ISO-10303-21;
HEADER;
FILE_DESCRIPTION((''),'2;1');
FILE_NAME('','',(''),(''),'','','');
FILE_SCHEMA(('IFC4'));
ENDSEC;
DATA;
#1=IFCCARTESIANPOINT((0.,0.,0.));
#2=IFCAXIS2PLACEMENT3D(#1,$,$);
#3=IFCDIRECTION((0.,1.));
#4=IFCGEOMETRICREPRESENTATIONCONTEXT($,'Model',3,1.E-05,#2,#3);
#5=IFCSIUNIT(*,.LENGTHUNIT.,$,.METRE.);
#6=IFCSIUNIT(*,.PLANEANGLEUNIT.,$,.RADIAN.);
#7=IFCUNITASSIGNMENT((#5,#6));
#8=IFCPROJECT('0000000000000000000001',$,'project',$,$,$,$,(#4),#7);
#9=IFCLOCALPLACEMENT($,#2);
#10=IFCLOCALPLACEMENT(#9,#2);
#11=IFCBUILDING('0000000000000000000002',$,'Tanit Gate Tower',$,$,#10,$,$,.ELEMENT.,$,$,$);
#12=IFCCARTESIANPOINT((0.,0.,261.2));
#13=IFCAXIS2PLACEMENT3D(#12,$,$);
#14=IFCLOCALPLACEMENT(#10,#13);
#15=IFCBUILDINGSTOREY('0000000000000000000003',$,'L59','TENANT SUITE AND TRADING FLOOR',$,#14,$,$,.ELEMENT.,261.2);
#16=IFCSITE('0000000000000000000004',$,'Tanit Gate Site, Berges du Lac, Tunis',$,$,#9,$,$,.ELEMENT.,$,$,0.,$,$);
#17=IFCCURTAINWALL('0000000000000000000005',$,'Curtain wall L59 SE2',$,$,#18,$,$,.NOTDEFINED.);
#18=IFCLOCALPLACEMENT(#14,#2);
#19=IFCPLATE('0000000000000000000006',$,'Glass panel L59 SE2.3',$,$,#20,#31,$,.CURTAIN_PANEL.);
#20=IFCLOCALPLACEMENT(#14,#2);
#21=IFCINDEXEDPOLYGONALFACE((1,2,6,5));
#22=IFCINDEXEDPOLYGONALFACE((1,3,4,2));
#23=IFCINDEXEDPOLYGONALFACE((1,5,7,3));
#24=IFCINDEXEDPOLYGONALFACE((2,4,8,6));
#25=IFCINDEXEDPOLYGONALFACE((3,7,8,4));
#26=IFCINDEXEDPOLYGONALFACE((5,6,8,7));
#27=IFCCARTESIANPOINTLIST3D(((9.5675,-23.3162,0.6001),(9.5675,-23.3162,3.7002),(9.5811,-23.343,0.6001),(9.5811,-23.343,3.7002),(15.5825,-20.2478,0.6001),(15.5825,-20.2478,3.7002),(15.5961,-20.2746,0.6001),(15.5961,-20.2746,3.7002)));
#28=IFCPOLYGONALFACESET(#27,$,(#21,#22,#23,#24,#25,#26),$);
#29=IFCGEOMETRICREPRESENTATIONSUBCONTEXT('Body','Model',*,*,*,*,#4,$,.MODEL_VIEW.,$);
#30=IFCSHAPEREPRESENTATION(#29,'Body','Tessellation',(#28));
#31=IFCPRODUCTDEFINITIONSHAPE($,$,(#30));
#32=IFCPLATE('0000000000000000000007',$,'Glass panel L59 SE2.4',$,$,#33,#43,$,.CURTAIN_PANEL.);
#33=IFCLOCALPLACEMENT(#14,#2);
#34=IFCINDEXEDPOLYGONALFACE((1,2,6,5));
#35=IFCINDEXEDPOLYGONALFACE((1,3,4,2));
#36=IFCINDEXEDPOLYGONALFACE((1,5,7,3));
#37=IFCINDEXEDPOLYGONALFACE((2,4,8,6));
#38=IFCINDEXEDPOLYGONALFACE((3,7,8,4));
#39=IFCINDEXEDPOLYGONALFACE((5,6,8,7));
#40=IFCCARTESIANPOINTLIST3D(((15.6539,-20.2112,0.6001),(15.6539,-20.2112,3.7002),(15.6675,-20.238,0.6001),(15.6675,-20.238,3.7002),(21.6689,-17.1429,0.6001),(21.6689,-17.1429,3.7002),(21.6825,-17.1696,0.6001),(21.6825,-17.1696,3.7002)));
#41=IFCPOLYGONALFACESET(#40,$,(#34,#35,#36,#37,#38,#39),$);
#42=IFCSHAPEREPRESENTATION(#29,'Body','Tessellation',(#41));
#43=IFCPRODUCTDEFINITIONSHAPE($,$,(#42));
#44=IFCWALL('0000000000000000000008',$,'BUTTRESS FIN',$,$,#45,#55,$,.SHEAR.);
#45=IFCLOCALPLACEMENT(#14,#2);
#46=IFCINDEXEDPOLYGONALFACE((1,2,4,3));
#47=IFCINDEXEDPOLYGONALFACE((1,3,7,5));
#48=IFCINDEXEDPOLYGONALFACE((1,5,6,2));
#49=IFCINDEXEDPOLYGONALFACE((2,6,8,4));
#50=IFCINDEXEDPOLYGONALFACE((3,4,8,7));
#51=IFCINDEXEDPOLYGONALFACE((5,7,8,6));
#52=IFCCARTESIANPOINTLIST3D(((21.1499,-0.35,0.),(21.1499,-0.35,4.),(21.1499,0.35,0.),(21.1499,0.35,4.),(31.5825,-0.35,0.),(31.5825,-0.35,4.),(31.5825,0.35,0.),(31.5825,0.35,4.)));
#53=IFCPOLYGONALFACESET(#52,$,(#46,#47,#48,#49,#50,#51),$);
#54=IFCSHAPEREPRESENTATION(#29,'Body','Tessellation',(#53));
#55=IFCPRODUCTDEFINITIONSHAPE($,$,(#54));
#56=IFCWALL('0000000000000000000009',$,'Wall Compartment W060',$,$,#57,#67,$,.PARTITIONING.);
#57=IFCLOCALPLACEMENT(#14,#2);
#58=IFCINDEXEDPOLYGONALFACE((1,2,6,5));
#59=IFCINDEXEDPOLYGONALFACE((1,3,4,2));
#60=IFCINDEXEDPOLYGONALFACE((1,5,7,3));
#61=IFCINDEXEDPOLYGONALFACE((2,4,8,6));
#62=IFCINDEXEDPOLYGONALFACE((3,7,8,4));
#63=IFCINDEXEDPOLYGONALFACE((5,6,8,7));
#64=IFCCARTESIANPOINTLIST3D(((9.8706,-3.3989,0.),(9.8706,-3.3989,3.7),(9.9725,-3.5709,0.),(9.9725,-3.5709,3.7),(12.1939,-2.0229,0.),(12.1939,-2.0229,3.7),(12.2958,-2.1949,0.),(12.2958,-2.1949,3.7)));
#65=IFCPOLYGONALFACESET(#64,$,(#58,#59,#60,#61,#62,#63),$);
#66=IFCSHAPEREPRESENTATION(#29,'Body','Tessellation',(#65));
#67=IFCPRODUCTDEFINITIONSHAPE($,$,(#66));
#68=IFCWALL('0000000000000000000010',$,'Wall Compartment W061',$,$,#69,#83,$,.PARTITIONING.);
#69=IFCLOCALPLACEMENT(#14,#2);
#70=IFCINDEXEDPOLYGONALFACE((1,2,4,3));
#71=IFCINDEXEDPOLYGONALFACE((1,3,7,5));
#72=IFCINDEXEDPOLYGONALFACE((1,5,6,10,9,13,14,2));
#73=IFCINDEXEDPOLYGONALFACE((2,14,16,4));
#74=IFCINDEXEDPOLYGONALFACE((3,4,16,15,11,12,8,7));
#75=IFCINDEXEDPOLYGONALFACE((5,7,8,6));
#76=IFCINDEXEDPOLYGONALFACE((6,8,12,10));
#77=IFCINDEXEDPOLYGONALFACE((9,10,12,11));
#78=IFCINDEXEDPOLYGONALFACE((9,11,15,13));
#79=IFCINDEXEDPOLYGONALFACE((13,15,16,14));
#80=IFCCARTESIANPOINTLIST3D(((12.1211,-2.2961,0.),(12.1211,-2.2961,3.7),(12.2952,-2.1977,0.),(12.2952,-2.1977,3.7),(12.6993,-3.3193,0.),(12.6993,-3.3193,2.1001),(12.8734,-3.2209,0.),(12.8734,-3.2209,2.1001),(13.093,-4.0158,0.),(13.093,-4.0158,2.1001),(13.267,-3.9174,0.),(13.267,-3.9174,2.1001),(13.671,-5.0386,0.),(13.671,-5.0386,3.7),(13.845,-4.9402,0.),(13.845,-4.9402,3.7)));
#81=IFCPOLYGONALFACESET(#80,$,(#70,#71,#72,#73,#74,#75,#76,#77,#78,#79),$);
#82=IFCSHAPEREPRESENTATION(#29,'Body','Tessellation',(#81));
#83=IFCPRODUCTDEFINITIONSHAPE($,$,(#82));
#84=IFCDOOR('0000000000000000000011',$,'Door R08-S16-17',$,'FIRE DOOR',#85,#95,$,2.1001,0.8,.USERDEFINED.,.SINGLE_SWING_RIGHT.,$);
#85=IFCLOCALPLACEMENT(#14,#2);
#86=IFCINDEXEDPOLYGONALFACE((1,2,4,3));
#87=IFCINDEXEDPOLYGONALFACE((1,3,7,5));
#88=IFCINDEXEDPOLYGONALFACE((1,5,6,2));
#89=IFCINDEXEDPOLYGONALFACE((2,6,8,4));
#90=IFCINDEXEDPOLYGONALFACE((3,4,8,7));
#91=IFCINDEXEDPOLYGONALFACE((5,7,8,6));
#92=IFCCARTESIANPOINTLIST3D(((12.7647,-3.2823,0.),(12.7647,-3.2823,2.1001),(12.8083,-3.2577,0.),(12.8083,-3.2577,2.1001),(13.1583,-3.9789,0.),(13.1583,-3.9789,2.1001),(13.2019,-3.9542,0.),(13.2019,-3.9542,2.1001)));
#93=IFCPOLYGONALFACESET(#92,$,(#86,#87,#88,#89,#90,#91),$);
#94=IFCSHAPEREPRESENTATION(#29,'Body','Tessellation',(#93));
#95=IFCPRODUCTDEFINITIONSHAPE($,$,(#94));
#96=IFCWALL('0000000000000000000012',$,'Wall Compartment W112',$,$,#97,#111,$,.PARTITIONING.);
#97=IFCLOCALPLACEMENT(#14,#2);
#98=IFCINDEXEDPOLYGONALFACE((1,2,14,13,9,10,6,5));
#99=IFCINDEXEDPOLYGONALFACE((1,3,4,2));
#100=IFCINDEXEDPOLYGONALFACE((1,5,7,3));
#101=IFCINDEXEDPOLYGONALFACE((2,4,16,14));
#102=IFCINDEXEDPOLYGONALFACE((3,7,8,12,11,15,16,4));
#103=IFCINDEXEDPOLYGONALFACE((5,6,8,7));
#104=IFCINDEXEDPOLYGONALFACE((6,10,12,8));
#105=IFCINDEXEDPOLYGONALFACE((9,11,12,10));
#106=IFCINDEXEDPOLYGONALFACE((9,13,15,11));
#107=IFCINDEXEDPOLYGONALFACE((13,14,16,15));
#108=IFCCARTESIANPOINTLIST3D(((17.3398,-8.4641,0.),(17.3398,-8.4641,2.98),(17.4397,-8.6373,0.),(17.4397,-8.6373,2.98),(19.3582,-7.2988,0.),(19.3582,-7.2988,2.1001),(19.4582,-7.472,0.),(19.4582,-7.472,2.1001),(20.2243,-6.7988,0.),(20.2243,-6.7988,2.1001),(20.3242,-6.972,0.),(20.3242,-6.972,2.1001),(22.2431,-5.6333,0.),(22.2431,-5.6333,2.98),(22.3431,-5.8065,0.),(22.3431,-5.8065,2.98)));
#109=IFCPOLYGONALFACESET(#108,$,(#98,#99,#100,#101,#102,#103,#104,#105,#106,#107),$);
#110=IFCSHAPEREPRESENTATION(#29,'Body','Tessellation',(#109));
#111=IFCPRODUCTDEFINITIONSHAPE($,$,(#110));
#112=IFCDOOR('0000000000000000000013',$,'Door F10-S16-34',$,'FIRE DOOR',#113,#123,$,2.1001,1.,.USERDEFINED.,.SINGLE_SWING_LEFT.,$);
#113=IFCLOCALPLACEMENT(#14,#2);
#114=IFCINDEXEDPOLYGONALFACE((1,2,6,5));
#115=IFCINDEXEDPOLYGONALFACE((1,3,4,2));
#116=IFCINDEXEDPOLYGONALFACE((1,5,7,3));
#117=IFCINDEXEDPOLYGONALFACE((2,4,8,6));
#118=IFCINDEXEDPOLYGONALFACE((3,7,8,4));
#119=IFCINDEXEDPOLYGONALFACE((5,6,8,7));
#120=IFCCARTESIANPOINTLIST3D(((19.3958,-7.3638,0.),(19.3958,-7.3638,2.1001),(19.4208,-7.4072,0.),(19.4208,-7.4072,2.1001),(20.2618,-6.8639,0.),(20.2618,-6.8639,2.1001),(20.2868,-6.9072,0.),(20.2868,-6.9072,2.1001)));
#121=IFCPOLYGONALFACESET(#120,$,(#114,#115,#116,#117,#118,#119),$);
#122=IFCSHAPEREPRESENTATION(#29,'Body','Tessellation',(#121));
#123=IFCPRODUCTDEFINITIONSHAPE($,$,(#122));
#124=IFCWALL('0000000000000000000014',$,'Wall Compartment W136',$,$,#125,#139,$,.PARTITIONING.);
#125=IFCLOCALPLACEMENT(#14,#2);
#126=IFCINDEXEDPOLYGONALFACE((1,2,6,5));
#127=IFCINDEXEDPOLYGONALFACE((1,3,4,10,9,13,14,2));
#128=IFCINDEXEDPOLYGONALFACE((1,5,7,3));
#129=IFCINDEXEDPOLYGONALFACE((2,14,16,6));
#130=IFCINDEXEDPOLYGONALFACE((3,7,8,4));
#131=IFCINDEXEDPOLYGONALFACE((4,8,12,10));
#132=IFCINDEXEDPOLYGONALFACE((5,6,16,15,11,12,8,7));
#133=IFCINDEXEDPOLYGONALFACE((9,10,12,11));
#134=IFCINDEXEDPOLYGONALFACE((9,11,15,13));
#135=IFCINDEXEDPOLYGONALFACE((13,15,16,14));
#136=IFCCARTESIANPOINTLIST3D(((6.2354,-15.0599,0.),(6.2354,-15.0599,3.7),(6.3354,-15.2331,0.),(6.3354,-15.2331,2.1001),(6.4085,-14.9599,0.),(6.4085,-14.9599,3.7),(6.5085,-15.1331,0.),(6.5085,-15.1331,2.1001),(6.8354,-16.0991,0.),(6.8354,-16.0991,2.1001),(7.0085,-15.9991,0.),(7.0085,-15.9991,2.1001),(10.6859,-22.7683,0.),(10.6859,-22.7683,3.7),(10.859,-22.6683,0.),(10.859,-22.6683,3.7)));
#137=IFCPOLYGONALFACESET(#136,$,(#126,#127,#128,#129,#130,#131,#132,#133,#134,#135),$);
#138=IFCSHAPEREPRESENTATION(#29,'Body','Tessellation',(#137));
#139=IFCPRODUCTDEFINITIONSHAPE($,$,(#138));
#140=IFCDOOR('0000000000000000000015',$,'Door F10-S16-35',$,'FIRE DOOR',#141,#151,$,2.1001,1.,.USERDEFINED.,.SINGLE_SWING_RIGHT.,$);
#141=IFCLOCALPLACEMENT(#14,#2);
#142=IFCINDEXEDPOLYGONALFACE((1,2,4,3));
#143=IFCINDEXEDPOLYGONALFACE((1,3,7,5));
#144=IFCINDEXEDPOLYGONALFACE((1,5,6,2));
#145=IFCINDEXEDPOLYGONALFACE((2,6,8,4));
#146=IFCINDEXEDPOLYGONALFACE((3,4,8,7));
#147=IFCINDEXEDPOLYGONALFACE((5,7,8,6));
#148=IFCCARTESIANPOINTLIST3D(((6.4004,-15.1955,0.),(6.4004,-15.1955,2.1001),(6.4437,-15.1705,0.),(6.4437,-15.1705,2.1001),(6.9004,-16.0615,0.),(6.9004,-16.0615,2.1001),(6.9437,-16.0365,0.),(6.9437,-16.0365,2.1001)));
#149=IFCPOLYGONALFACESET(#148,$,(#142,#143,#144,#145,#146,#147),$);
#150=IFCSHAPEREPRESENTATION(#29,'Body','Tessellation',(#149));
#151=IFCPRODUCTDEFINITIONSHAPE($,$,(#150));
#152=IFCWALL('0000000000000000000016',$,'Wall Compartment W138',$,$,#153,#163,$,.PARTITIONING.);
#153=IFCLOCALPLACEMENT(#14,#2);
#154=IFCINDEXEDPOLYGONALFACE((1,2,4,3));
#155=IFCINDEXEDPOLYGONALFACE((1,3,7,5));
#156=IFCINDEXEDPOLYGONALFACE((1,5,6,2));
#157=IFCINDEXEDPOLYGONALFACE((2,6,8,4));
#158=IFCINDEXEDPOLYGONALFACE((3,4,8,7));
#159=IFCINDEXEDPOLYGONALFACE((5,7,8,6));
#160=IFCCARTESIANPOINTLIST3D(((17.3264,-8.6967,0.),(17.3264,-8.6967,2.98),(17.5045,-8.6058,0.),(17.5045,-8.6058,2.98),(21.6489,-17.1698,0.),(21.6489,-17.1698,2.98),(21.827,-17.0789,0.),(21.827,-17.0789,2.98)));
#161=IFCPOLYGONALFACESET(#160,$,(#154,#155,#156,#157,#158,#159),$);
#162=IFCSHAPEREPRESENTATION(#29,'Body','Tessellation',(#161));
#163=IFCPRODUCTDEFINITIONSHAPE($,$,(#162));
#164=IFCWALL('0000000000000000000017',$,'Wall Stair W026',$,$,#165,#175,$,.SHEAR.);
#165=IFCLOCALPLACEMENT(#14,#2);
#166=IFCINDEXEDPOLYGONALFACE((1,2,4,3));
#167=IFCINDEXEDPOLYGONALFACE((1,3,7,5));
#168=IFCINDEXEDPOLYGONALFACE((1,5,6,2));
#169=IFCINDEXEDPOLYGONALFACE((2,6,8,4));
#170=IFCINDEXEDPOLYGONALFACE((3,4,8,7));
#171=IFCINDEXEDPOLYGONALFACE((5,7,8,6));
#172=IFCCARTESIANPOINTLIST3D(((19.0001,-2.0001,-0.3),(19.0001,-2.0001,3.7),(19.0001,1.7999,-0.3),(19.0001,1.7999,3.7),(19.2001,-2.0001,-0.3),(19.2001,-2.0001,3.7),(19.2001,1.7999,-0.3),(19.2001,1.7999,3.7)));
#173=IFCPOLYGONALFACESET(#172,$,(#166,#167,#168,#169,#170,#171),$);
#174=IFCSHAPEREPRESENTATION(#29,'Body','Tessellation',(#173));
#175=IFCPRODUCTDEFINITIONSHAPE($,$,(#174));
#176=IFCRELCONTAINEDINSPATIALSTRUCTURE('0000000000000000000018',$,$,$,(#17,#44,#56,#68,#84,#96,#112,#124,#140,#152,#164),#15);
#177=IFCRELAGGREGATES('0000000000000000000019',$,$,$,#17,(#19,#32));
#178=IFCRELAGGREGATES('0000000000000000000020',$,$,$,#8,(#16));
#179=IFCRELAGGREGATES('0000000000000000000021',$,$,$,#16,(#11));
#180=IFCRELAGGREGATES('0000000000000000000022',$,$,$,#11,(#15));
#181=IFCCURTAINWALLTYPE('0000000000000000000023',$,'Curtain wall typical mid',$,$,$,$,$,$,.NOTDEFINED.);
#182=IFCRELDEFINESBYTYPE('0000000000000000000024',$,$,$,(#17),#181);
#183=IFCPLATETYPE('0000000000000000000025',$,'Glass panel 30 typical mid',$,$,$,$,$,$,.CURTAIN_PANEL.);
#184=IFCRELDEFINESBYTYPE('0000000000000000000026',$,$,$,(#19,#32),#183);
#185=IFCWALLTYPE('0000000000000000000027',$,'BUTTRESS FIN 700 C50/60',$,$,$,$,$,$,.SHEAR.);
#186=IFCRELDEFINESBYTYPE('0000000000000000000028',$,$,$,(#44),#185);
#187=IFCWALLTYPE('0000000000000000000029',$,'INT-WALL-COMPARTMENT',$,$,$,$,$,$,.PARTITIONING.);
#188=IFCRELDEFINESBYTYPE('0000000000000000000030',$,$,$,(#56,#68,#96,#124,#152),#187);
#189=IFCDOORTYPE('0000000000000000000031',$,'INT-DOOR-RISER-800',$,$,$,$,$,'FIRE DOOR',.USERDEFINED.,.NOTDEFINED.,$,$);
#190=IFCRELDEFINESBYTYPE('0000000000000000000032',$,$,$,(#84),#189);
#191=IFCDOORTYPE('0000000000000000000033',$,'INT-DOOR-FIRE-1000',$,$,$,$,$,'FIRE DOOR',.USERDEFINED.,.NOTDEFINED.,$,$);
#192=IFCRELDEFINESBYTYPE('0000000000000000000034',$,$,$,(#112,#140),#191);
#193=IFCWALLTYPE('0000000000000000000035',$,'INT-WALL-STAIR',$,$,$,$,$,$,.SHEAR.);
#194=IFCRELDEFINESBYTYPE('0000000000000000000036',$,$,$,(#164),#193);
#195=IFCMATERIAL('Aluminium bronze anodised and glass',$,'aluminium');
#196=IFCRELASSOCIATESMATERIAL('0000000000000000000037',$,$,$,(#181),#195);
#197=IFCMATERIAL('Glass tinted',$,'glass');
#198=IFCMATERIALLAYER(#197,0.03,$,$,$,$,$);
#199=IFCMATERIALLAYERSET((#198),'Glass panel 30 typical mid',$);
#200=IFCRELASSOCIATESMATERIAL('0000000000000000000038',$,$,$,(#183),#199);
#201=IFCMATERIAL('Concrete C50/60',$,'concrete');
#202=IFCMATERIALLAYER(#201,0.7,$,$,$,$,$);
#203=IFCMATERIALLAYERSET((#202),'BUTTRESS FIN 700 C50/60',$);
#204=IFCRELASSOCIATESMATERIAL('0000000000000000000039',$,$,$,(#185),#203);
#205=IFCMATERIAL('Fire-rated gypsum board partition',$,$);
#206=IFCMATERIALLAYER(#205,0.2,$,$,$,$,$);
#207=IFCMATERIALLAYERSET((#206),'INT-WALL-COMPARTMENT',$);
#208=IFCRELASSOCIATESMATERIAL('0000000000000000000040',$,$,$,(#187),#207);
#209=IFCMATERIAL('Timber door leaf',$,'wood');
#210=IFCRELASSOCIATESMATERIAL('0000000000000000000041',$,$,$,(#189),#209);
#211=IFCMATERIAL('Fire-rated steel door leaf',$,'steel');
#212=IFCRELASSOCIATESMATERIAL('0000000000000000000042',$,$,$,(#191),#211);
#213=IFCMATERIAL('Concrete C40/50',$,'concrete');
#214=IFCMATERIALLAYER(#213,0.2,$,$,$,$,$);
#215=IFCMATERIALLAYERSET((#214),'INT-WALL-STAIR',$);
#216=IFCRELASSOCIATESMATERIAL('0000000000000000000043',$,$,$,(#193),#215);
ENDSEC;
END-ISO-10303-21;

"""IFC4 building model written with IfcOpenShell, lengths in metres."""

from ifc_helpers import new_model, si_unit, direction, frame, frame_2d, origin, origin_2d, place, context, subcontext, project, spatial, rectangle, extrude, material, layer, layer_set, type_object, element, fill, aggregate, save


model = new_model("IFC4")

# Units and contexts
model_context = context("Model", 3, precision=1e-05, world=origin(), true_north=direction((0.0, 1.0)))
body_context = subcontext(model_context, "Body", "Model", "MODEL_VIEW")
ifc_project = project(units=[si_unit("LENGTHUNIT", "METRE"), si_unit("PLANEANGLEUNIT", "RADIAN")], contexts=[model_context])

# Site, building, storey
site_placement = place(None, origin())
site = spatial("IfcSite", under=ifc_project, at=site_placement, Name="Tanit Gate Site, Berges du Lac, Tunis", CompositionType="ELEMENT", RefElevation=0.0)
building_placement = place(site_placement, origin())
building = spatial("IfcBuilding", under=site, at=building_placement, Name="Tanit Gate Tower", CompositionType="ELEMENT")
storey_placement = place(building_placement, frame((0.0, 0.0, 261.2)))
storey = spatial("IfcBuildingStorey", under=building, at=storey_placement, Name="L59", Description="TENANT SUITE AND TRADING FLOOR", CompositionType="ELEMENT", Elevation=261.2)

# Curtain wall
ifc_material_1 = material(Name="Aluminium bronze anodised and glass", Category="aluminium")
curtain_wall_type = type_object("IfcCurtainWallType", Name="Curtain wall typical mid", PredefinedType="NOTDEFINED", material=ifc_material_1)
curtain_wall_placement = place(storey_placement, origin())
curtain_wall = element("IfcCurtainWall", 1, at=curtain_wall_placement, inside=storey, type_object=curtain_wall_type, Name="Curtain wall L59 SE2", PredefinedType="NOTDEFINED")

# Plates
ifc_material_2 = material(Name="Glass tinted", Category="glass")
ifc_layer_1 = layer(ifc_material_2, 0.03)
ifc_layer_set_1 = layer_set([ifc_layer_1], Name="Glass panel 30 typical mid")
plate_type = type_object("IfcPlateType", Name="Glass panel 30 typical mid", PredefinedType="CURTAIN_PANEL", material=ifc_layer_set_1)
plate_1_placement = place(storey_placement, frame((12.5818, -21.7954, 0.6001), z_axis=(0.0, 0.0, 1.0), x_axis=(0.890792, 0.454411, 0.0)))
plate_1 = element("IfcPlate", 2, at=plate_1_placement, type_object=plate_type, Name="Glass panel L59 SE2.3", PredefinedType="CURTAIN_PANEL", context=body_context, shape_type="SweptSolid", body=[
    extrude(rectangle(XDim=6.7524, YDim=0.03, at=origin_2d()), origin(), (0.0, 0.0, 1.0), 3.1001),
])
plate_2_placement = place(storey_placement, frame((18.6682, -18.6904, 0.6001), z_axis=(0.0, 0.0, 1.0), x_axis=(0.890792, 0.454411, 0.0)))
plate_2 = element("IfcPlate", 3, at=plate_2_placement, type_object=plate_type, Name="Glass panel L59 SE2.4", PredefinedType="CURTAIN_PANEL", context=body_context, shape_type="SweptSolid", body=[
    extrude(rectangle(XDim=6.7524, YDim=0.03, at=origin_2d()), origin(), (0.0, 0.0, 1.0), 3.1001),
])
aggregate(curtain_wall, [plate_1, plate_2])

# Walls
ifc_material_3 = material(Name="Concrete C50/60", Category="concrete")
ifc_layer_2 = layer(ifc_material_3, 0.7)
ifc_layer_set_2 = layer_set([ifc_layer_2], Name="BUTTRESS FIN 700 C50/60")
wall_type_1 = type_object("IfcWallType", Name="BUTTRESS FIN 700 C50/60", PredefinedType="SHEAR", material=ifc_layer_set_2)
wall_1_placement = place(storey_placement, frame((21.1499, 0.0, 0.0), z_axis=(0.0, 0.0, 1.0), x_axis=(1.0, 0.0, 0.0)))
element("IfcWall", 4, at=wall_1_placement, inside=storey, type_object=wall_type_1, Name="BUTTRESS FIN", PredefinedType="SHEAR", context=body_context, shape_type="SweptSolid", body=[
    extrude(rectangle(XDim=10.4326, YDim=0.7, at=frame_2d((5.2163, 0.0))), origin(), (0.0, 0.0, 1.0), 4.0),
])
ifc_material_4 = material(Name="Fire-rated gypsum board partition")
ifc_layer_3 = layer(ifc_material_4, 0.2)
ifc_layer_set_3 = layer_set([ifc_layer_3], Name="INT-WALL-COMPARTMENT")
wall_type_2 = type_object("IfcWallType", Name="INT-WALL-COMPARTMENT", PredefinedType="PARTITIONING", material=ifc_layer_set_3)
wall_2_placement = place(storey_placement, frame((12.2449, -2.1089, 0.0), z_axis=(0.0, 0.0, 1.0), x_axis=(-0.860415, -0.509594, 0.0)))
element("IfcWall", 5, at=wall_2_placement, inside=storey, type_object=wall_type_2, Name="Wall Compartment W060", PredefinedType="PARTITIONING", context=body_context, shape_type="SweptSolid", body=[
    extrude(rectangle(XDim=2.7002, YDim=0.2, at=frame_2d((1.3501, 0.0))), origin(), (0.0, 0.0, 1.0), 3.7),
])

# Walls, openings, doors
wall_3_placement = place(storey_placement, frame((13.7581, -4.9895, 0.0), z_axis=(0.0, 0.0, 1.0), x_axis=(-0.491993, 0.870599, 0.0)))
wall_3 = element("IfcWall", 6, at=wall_3_placement, inside=storey, type_object=wall_type_2, Name="Wall Compartment W061", PredefinedType="PARTITIONING", context=body_context, shape_type="SweptSolid", body=[
    extrude(rectangle(XDim=3.1501, YDim=0.2, at=frame_2d((1.5752, 0.0))), origin(), (0.0, 0.0, 1.0), 3.7),
])
opening_1_placement = place(wall_3_placement, frame((1.175, 0.0, 0.0)))
opening_1 = element("IfcOpeningElement", 7, at=opening_1_placement, cuts=wall_3, PredefinedType="OPENING", context=body_context, shape_type="SweptSolid", body=[
    extrude(rectangle(XDim=0.8, YDim=2.1001, at=frame_2d((0.3999, 1.05))), frame((0.0, 0.1099, 0.0), z_axis=(0.0, -1.0, 0.0), x_axis=(1.0, 0.0, 0.0)), (0.0, 0.0, 1.0), 0.22),
])
ifc_material_5 = material(Name="Timber door leaf", Category="wood")
door_type_1 = type_object("IfcDoorType", Name="INT-DOOR-RISER-800", ElementType="FIRE DOOR", OperationType="NOTDEFINED", PredefinedType="USERDEFINED", material=ifc_material_5)
door_1_placement = place(opening_1_placement, origin())
door_1 = element("IfcDoor", 8, at=door_1_placement, inside=storey, type_object=door_type_1, Name="Door R08-S16-17", ObjectType="FIRE DOOR", OperationType="SINGLE_SWING_RIGHT", OverallHeight=2.1001, OverallWidth=0.8, PredefinedType="USERDEFINED", context=body_context, shape_type="SweptSolid", body=[
    extrude(rectangle(XDim=0.8, YDim=2.1001, at=frame_2d((0.3999, 1.05))), frame((0.0, 0.0249, 0.0), z_axis=(0.0, -1.0, 0.0), x_axis=(1.0, 0.0, 0.0)), (0.0, 0.0, 1.0), 0.05),
])
fill(opening_1, door_1)
wall_4_placement = place(storey_placement, frame((17.3896, -8.5508, 0.0), z_axis=(0.0, 0.0, 1.0), x_axis=(0.866035, 0.499984, 0.0)))
wall_4 = element("IfcWall", 9, at=wall_4_placement, inside=storey, type_object=wall_type_2, Name="Wall Compartment W112", PredefinedType="PARTITIONING", context=body_context, shape_type="SweptSolid", body=[
    extrude(rectangle(XDim=5.6619, YDim=0.2, at=frame_2d((2.8311, 0.0))), origin(), (0.0, 0.0, 1.0), 2.98),
])
opening_2_placement = place(wall_4_placement, frame((2.3308, 0.0, 0.0)))
opening_2 = element("IfcOpeningElement", 10, at=opening_2_placement, cuts=wall_4, PredefinedType="OPENING", context=body_context, shape_type="SweptSolid", body=[
    extrude(rectangle(XDim=1.0, YDim=2.1001, at=frame_2d((0.5, 1.05))), frame((0.0, 0.1099, 0.0), z_axis=(0.0, -1.0, 0.0), x_axis=(1.0, 0.0, 0.0)), (0.0, 0.0, 1.0), 0.22),
])
ifc_material_6 = material(Name="Fire-rated steel door leaf", Category="steel")
door_type_2 = type_object("IfcDoorType", Name="INT-DOOR-FIRE-1000", ElementType="FIRE DOOR", OperationType="NOTDEFINED", PredefinedType="USERDEFINED", material=ifc_material_6)
door_2_placement = place(opening_2_placement, origin())
door_2 = element("IfcDoor", 11, at=door_2_placement, inside=storey, type_object=door_type_2, Name="Door F10-S16-34", ObjectType="FIRE DOOR", OperationType="SINGLE_SWING_LEFT", OverallHeight=2.1001, OverallWidth=1.0, PredefinedType="USERDEFINED", context=body_context, shape_type="SweptSolid", body=[
    extrude(rectangle(XDim=1.0, YDim=2.1001, at=frame_2d((0.5, 1.05))), frame((0.0, 0.0249, 0.0), z_axis=(0.0, -1.0, 0.0), x_axis=(1.0, 0.0, 0.0)), (0.0, 0.0, 1.0), 0.05),
])
fill(opening_2, door_2)
wall_5_placement = place(storey_placement, frame((10.7725, -22.7183, 0.0), z_axis=(0.0, 0.0, 1.0), x_axis=(-0.500007, 0.866022, 0.0)))
wall_5 = element("IfcWall", 12, at=wall_5_placement, inside=storey, type_object=wall_type_2, Name="Wall Compartment W136", PredefinedType="PARTITIONING", context=body_context, shape_type="SweptSolid", body=[
    extrude(rectangle(XDim=8.9009, YDim=0.2, at=frame_2d((4.4504, 0.0))), origin(), (0.0, 0.0, 1.0), 3.7),
])
opening_3_placement = place(wall_5_placement, frame((7.7009, 0.0, 0.0)))
opening_3 = element("IfcOpeningElement", 13, at=opening_3_placement, cuts=wall_5, PredefinedType="OPENING", context=body_context, shape_type="SweptSolid", body=[
    extrude(rectangle(XDim=1.0, YDim=2.1001, at=frame_2d((0.5, 1.05))), frame((0.0, 0.1099, 0.0), z_axis=(0.0, -1.0, 0.0), x_axis=(1.0, 0.0, 0.0)), (0.0, 0.0, 1.0), 0.22),
])
door_3_placement = place(opening_3_placement, origin())
door_3 = element("IfcDoor", 14, at=door_3_placement, inside=storey, type_object=door_type_2, Name="Door F10-S16-35", ObjectType="FIRE DOOR", OperationType="SINGLE_SWING_RIGHT", OverallHeight=2.1001, OverallWidth=1.0, PredefinedType="USERDEFINED", context=body_context, shape_type="SweptSolid", body=[
    extrude(rectangle(XDim=1.0, YDim=2.1001, at=frame_2d((0.5, 1.05))), frame((0.0, 0.0249, 0.0), z_axis=(0.0, -1.0, 0.0), x_axis=(1.0, 0.0, 0.0)), (0.0, 0.0, 1.0), 0.05),
])
fill(opening_3, door_3)

# Walls
wall_6_placement = place(storey_placement, frame((17.4155, -8.6514, 0.0), z_axis=(0.0, 0.0, 1.0), x_axis=(0.454427, -0.890784, 0.0)))
element("IfcWall", 15, at=wall_6_placement, inside=storey, type_object=wall_type_2, Name="Wall Compartment W138", PredefinedType="PARTITIONING", context=body_context, shape_type="SweptSolid", body=[
    extrude(rectangle(XDim=9.512, YDim=0.2, at=frame_2d((4.7559, 0.0))), origin(), (0.0, 0.0, 1.0), 2.98),
])
ifc_material_7 = material(Name="Concrete C40/50", Category="concrete")
ifc_layer_4 = layer(ifc_material_7, 0.2)
ifc_layer_set_4 = layer_set([ifc_layer_4], Name="INT-WALL-STAIR")
wall_type_3 = type_object("IfcWallType", Name="INT-WALL-STAIR", PredefinedType="SHEAR", material=ifc_layer_set_4)
wall_7_placement = place(storey_placement, frame((19.1001, -2.0, -0.3), z_axis=(0.0, 0.0, 1.0), x_axis=(0.0, 1.0, 0.0)))
element("IfcWall", 16, at=wall_7_placement, inside=storey, type_object=wall_type_3, Name="Wall Stair W026", PredefinedType="SHEAR", context=body_context, shape_type="SweptSolid", body=[
    extrude(rectangle(XDim=3.8, YDim=0.2, at=frame_2d((1.8999, 0.0))), origin(), (0.0, 0.0, 1.0), 4.0),
])

save(model, "model.ifc")
